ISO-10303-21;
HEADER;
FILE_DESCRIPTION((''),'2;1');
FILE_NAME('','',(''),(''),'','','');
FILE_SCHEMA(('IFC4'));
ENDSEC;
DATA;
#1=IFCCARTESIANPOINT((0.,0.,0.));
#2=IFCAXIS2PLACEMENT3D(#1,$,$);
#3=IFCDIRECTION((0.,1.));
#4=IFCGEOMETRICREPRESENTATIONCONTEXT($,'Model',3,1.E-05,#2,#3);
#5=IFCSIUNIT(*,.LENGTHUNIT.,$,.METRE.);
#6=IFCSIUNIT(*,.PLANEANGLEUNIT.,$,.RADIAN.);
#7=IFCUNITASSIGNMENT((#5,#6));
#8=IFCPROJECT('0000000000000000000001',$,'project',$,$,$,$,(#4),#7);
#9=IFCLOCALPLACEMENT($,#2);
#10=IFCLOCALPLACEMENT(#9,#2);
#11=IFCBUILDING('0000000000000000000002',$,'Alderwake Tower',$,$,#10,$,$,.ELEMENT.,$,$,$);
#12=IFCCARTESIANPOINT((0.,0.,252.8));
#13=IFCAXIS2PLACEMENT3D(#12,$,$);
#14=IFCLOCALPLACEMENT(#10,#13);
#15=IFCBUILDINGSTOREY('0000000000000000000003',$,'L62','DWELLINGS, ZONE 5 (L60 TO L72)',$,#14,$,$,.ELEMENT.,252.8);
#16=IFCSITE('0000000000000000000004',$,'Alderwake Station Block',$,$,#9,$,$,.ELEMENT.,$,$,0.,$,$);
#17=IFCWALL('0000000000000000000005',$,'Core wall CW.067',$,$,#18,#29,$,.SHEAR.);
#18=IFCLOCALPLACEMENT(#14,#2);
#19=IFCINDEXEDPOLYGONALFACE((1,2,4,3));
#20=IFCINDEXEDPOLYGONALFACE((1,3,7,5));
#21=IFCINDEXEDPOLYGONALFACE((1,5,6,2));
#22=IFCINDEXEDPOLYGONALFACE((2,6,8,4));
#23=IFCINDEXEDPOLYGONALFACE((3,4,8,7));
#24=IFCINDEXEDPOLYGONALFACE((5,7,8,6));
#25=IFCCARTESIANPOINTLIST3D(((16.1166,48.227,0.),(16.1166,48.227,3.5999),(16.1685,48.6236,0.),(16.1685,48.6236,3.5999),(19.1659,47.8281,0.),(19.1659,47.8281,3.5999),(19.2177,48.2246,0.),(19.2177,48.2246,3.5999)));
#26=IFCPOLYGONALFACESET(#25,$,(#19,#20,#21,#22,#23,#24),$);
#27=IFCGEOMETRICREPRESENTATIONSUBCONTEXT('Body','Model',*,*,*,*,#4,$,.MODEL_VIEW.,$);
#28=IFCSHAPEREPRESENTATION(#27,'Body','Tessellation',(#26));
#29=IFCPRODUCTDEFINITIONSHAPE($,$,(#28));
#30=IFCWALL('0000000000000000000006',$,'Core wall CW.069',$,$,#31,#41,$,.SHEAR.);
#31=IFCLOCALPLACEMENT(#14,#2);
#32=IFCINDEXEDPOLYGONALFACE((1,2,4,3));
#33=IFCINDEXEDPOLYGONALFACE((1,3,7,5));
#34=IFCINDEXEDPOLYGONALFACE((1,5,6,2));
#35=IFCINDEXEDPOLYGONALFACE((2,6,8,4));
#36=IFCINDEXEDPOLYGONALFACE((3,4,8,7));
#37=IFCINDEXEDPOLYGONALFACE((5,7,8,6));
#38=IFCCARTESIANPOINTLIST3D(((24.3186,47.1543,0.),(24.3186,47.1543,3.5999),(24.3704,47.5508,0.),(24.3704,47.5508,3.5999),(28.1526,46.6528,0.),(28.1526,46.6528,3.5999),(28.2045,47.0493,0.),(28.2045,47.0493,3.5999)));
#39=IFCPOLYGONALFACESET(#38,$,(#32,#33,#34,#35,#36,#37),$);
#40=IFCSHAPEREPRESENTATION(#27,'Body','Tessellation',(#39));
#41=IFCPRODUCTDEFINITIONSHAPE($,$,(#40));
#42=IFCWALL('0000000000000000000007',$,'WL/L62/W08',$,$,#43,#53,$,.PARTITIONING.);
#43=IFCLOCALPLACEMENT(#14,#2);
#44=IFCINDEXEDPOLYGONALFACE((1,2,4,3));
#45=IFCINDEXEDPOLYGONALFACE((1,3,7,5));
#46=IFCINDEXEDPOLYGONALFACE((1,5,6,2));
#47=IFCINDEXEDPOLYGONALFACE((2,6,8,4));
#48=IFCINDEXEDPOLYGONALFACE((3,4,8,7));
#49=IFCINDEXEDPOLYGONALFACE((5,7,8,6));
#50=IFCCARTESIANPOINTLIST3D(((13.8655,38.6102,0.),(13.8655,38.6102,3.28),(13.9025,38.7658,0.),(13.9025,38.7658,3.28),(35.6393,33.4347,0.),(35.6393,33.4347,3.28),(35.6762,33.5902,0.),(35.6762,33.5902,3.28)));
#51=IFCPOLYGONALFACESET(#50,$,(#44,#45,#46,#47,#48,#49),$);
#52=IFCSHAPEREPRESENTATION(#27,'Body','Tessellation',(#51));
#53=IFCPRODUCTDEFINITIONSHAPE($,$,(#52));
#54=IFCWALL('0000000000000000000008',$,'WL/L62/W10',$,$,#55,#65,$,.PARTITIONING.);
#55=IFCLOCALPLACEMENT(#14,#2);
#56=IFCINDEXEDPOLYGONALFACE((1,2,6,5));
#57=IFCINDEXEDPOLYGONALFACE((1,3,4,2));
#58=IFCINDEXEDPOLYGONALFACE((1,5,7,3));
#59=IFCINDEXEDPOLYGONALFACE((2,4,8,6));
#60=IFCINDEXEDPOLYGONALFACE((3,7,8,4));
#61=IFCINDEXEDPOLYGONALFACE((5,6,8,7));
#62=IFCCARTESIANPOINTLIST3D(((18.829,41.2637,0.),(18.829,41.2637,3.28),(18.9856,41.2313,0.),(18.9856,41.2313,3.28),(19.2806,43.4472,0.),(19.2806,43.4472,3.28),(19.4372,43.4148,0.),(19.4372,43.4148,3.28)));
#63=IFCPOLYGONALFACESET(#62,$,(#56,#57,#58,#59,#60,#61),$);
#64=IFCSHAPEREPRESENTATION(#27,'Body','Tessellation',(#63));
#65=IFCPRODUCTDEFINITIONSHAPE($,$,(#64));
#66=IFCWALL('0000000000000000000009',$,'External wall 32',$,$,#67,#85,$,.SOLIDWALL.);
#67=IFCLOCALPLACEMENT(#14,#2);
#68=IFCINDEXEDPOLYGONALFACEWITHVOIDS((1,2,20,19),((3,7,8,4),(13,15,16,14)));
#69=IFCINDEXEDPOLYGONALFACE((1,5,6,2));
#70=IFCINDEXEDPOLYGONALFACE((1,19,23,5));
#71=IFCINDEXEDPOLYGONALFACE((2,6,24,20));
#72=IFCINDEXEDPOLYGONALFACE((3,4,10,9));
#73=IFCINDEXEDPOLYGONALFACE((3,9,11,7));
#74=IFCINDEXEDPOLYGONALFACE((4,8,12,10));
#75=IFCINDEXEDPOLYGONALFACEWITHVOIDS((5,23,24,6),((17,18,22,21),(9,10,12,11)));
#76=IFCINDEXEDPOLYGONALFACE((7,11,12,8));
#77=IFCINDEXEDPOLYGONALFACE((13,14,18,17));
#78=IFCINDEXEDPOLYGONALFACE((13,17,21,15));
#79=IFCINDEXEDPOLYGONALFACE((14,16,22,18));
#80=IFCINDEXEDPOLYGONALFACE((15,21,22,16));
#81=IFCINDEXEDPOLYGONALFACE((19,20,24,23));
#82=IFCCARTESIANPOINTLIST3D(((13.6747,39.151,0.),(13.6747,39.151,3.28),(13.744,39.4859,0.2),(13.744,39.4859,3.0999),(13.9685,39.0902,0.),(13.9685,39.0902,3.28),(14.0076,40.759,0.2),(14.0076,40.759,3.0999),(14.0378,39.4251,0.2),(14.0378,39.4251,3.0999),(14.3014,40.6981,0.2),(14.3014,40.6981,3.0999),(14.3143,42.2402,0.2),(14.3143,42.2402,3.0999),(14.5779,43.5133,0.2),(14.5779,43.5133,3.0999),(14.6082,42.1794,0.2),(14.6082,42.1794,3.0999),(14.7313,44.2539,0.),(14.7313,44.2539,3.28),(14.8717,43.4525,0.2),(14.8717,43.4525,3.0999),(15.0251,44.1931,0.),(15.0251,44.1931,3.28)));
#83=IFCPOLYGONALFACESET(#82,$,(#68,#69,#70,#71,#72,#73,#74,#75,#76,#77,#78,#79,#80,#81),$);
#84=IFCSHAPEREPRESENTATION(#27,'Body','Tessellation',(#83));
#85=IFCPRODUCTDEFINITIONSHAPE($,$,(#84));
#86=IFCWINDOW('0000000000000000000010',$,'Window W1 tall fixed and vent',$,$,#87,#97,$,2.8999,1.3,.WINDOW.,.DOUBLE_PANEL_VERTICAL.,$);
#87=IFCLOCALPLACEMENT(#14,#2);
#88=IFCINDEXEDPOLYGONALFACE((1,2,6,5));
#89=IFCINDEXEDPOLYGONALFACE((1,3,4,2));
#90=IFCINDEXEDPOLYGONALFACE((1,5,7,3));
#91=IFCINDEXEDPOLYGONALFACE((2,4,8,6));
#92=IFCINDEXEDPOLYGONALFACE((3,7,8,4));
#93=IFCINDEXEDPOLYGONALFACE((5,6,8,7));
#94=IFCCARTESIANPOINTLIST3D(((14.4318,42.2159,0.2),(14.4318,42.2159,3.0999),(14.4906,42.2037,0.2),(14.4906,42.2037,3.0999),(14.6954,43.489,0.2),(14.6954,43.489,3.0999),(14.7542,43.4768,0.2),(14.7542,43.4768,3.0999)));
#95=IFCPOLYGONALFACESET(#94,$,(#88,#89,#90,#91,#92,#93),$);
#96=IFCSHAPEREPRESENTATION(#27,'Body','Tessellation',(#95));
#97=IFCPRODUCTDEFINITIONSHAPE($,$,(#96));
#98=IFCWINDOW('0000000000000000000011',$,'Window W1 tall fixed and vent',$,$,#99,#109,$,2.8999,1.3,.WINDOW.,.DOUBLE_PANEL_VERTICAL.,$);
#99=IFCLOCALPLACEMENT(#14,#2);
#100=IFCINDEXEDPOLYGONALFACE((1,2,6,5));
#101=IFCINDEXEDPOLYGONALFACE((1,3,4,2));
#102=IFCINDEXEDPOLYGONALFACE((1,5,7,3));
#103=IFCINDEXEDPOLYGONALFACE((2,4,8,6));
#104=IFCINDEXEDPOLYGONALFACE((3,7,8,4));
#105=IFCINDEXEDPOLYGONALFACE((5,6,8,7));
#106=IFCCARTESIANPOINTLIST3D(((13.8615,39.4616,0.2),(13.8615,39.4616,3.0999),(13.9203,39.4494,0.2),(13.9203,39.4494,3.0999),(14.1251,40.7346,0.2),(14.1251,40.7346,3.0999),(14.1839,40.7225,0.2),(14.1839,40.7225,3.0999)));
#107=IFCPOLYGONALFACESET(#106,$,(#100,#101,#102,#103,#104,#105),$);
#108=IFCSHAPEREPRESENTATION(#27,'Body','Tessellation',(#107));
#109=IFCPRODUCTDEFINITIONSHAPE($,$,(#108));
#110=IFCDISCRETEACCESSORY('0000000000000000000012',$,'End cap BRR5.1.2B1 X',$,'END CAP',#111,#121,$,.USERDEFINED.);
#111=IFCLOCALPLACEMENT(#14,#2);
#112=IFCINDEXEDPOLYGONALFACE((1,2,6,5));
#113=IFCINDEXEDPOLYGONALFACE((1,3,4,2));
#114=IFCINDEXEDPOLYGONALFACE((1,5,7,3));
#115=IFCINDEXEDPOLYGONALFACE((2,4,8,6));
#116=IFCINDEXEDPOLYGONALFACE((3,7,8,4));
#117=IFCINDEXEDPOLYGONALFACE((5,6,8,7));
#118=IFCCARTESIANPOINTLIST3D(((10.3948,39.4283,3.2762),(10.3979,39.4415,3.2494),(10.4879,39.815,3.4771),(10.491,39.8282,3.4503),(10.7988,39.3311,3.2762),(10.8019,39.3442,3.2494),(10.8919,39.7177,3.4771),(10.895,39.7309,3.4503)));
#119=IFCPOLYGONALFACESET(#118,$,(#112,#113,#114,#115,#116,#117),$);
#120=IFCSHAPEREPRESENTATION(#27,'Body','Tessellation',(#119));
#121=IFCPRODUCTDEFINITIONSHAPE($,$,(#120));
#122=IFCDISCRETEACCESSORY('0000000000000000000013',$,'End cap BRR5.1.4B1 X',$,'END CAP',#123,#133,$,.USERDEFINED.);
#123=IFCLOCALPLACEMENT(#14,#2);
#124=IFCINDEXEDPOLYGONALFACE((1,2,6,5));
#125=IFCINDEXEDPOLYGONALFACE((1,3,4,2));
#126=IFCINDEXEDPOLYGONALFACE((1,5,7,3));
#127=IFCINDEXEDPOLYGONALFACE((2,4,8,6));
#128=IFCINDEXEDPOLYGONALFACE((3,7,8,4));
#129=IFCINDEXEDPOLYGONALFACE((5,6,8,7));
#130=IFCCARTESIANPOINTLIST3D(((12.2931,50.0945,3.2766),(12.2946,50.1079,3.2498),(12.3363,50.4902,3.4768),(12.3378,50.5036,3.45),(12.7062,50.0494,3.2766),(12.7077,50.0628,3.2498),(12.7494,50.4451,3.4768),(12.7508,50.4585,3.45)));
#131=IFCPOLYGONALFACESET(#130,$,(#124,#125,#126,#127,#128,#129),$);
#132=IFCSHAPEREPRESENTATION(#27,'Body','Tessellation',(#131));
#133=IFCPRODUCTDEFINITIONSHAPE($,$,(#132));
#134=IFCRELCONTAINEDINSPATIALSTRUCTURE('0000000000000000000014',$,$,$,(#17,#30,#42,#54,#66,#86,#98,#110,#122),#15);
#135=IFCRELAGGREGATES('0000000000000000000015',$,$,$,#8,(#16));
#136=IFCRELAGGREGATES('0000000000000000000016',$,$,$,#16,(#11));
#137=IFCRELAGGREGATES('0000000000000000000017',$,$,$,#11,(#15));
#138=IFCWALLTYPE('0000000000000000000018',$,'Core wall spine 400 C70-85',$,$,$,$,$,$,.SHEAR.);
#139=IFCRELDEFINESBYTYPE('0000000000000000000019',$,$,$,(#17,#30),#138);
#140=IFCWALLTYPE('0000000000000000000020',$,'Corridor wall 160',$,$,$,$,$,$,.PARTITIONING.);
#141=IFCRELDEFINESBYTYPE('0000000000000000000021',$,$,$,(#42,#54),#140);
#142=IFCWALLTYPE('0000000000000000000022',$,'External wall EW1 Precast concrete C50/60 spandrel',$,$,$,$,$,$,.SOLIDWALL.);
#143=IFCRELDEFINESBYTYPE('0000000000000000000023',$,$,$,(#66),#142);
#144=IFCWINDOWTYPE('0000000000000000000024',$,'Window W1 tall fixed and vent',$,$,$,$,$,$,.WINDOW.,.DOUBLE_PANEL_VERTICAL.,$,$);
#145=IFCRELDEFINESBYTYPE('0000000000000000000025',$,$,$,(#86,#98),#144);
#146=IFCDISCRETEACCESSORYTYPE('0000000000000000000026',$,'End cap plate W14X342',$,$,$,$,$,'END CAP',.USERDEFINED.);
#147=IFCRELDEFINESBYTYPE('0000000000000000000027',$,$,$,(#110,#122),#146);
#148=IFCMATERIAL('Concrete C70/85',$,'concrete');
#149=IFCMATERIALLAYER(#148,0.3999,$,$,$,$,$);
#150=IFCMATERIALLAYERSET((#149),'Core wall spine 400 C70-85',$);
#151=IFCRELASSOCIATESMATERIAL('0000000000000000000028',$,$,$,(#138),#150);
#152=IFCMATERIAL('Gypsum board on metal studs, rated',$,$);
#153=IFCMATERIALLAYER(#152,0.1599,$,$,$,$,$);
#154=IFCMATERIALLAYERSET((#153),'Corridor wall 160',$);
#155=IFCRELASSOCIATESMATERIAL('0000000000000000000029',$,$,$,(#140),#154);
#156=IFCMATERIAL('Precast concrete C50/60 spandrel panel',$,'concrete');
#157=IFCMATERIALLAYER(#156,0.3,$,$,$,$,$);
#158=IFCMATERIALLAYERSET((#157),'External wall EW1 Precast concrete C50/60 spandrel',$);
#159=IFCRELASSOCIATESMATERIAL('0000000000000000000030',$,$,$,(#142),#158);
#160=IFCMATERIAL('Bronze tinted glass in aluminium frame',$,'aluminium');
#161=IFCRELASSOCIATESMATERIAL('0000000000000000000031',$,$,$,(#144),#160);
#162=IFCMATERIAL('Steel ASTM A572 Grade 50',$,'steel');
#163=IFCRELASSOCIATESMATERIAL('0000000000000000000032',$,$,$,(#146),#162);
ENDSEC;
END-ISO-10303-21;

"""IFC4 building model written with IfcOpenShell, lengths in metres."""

from ifc_helpers import new_model, si_unit, direction, frame, frame_2d, origin, origin_2d, place, context, subcontext, project, spatial, rectangle, extrude, material, layer, layer_set, material_profile, profile_set, type_object, element, fill, save


model = new_model("IFC4")

# Units and contexts
model_context = context("Model", 3, precision=1e-05, world=origin(), true_north=direction((0.0, 1.0)))
body_context = subcontext(model_context, "Body", "Model", "MODEL_VIEW")
ifc_project = project(units=[si_unit("LENGTHUNIT", "METRE"), si_unit("PLANEANGLEUNIT", "RADIAN")], contexts=[model_context])

# Site, building, storey
site_placement = place(None, origin())
site = spatial("IfcSite", under=ifc_project, at=site_placement, Name="Alderwake Station Block", CompositionType="ELEMENT", RefElevation=0.0)
building_placement = place(site_placement, origin())
building = spatial("IfcBuilding", under=site, at=building_placement, Name="Alderwake Tower", CompositionType="ELEMENT")
storey_placement = place(building_placement, frame((0.0, 0.0, 252.8)))
storey = spatial("IfcBuildingStorey", under=building, at=storey_placement, Name="L62", Description="DWELLINGS, ZONE 5 (L60 TO L72)", CompositionType="ELEMENT", Elevation=252.8)

# Shared definitions
ifc_material_1 = material(Name="Concrete C70/85", Category="concrete")
ifc_layer_1 = layer(ifc_material_1, 0.3999)
ifc_layer_set_1 = layer_set([ifc_layer_1], Name="Core wall spine 400 C70-85")
wall_type_1 = type_object("IfcWallType", Name="Core wall spine 400 C70-85", PredefinedType="SHEAR", material=ifc_layer_set_1)

# Walls
wall_1_placement = place(storey_placement, frame((16.1426, 48.4253, 0.0), z_axis=(0.0, 0.0, 1.0), x_axis=(0.991551, -0.129719, 0.0)))
element("IfcWall", 1, at=wall_1_placement, inside=storey, type_object=wall_type_1, Name="Core wall CW.067", PredefinedType="SHEAR", context=body_context, shape_type="SweptSolid", body=[
    extrude(rectangle(XDim=3.0752, YDim=0.3999, at=frame_2d((1.5376, 0.0))), origin(), (0.0, 0.0, 1.0), 3.5999),
])
wall_2_placement = place(storey_placement, frame((24.3445, 47.3525, 0.0), z_axis=(0.0, 0.0, 1.0), x_axis=(0.991555, -0.12969, 0.0)))
element("IfcWall", 2, at=wall_2_placement, inside=storey, type_object=wall_type_1, Name="Core wall CW.069", PredefinedType="SHEAR", context=body_context, shape_type="SweptSolid", body=[
    extrude(rectangle(XDim=3.8667, YDim=0.3999, at=frame_2d((1.9333, 0.0))), origin(), (0.0, 0.0, 1.0), 3.5999),
])
ifc_material_2 = material(Name="Gypsum board on metal studs, rated")
ifc_layer_2 = layer(ifc_material_2, 0.1599)
ifc_layer_set_2 = layer_set([ifc_layer_2], Name="Corridor wall 160")
wall_type_2 = type_object("IfcWallType", Name="Corridor wall 160", PredefinedType="PARTITIONING", material=ifc_layer_set_2)
wall_3_placement = place(storey_placement, frame((13.884, 38.688, 0.0), z_axis=(0.0, 0.0, 1.0), x_axis=(0.972893, -0.231254, 0.0)))
element("IfcWall", 3, at=wall_3_placement, inside=storey, type_object=wall_type_2, Name="WL/L62/W08", PredefinedType="PARTITIONING", context=body_context, shape_type="SweptSolid", body=[
    extrude(rectangle(XDim=22.3804, YDim=0.1599, at=frame_2d((11.1902, 0.0))), origin(), (0.0, 0.0, 1.0), 3.28),
])
wall_4_placement = place(storey_placement, frame((19.3589, 43.4309, 0.0), z_axis=(0.0, 0.0, 1.0), x_axis=(-0.202555, -0.979271, 0.0)))
element("IfcWall", 4, at=wall_4_placement, inside=storey, type_object=wall_type_2, Name="WL/L62/W10", PredefinedType="PARTITIONING", context=body_context, shape_type="SweptSolid", body=[
    extrude(rectangle(XDim=2.2297, YDim=0.1599, at=frame_2d((1.1147, 0.0))), origin(), (0.0, 0.0, 1.0), 3.28),
])

# Wall, openings, windows
ifc_material_3 = material(Name="Precast concrete C50/60 spandrel panel", Category="concrete")
ifc_layer_3 = layer(ifc_material_3, 0.3)
ifc_layer_set_3 = layer_set([ifc_layer_3], Name="External wall EW1 Precast concrete C50/60 spandrel")
wall_type_3 = type_object("IfcWallType", Name="External wall EW1 Precast concrete C50/60 spandrel", PredefinedType="SOLIDWALL", material=ifc_layer_set_3)
wall_5_placement = place(storey_placement, frame((14.8782, 44.2234, 0.0), z_axis=(0.0, 0.0, 1.0), x_axis=(-0.202761, -0.979228, 0.0)))
wall_5 = element("IfcWall", 5, at=wall_5_placement, inside=storey, type_object=wall_type_3, Name="External wall 32", PredefinedType="SOLIDWALL", context=body_context, shape_type="SweptSolid", body=[
    extrude(rectangle(XDim=5.2112, YDim=0.3, at=frame_2d((2.6055, 0.0))), origin(), (0.0, 0.0, 1.0), 3.28),
])
opening_1_placement = place(wall_5_placement, frame((0.7563, 0.0, 0.2)))
opening_1 = element("IfcOpeningElement", 6, at=opening_1_placement, cuts=wall_5, PredefinedType="OPENING", context=body_context, shape_type="SweptSolid", body=[
    extrude(rectangle(XDim=1.3, YDim=2.8999, at=frame_2d((0.6499, 1.45))), frame((0.0, 0.1599, 0.0), z_axis=(0.0, -1.0, 0.0), x_axis=(1.0, 0.0, 0.0)), (0.0, 0.0, 1.0), 0.3201),
])
opening_2_placement = place(wall_5_placement, frame((3.5691, 0.0, 0.2)))
opening_2 = element("IfcOpeningElement", 7, at=opening_2_placement, cuts=wall_5, PredefinedType="OPENING", context=body_context, shape_type="SweptSolid", body=[
    extrude(rectangle(XDim=1.3, YDim=2.8999, at=frame_2d((0.6499, 1.45))), frame((0.0, 0.1599, 0.0), z_axis=(0.0, -1.0, 0.0), x_axis=(1.0, 0.0, 0.0)), (0.0, 0.0, 1.0), 0.3201),
])
ifc_material_4 = material(Name="Bronze tinted glass in aluminium frame", Category="aluminium")
window_type = type_object("IfcWindowType", Name="Window W1 tall fixed and vent", PartitioningType="DOUBLE_PANEL_VERTICAL", PredefinedType="WINDOW", material=ifc_material_4)
window_1_placement = place(opening_1_placement, origin())
window_1 = element("IfcWindow", 8, at=window_1_placement, inside=storey, type_object=window_type, Name="Window W1 tall fixed and vent", OverallHeight=2.8999, OverallWidth=1.3, PartitioningType="DOUBLE_PANEL_VERTICAL", PredefinedType="WINDOW", context=body_context, shape_type="SweptSolid", body=[
    extrude(rectangle(XDim=1.3, YDim=2.8999, at=frame_2d((0.6499, 1.45))), frame((0.0, 0.03, 0.0), z_axis=(0.0, -1.0, 0.0), x_axis=(1.0, 0.0, 0.0)), (0.0, 0.0, 1.0), 0.0601),
])
fill(opening_1, window_1)
window_2_placement = place(opening_2_placement, origin())
window_2 = element("IfcWindow", 9, at=window_2_placement, inside=storey, type_object=window_type, Name="Window W1 tall fixed and vent", OverallHeight=2.8999, OverallWidth=1.3, PartitioningType="DOUBLE_PANEL_VERTICAL", PredefinedType="WINDOW", context=body_context, shape_type="SweptSolid", body=[
    extrude(rectangle(XDim=1.3, YDim=2.8999, at=frame_2d((0.6499, 1.45))), frame((0.0, 0.03, 0.0), z_axis=(0.0, -1.0, 0.0), x_axis=(1.0, 0.0, 0.0)), (0.0, 0.0, 1.0), 0.0601),
])
fill(opening_2, window_2)

# Discrete accessories
ifc_material_5 = material(Name="Steel ASTM A572 Grade 50", Category="steel")
ifc_material_profile_1 = material_profile(ifc_material_5, rectangle(XDim=0.4155, YDim=0.4456, at=origin_2d()), Name="W14X342 cap")
ifc_profile_set_1 = profile_set([ifc_material_profile_1], Name="Steel ASTM A572 Grade 50")
discrete_accessory_type = type_object("IfcDiscreteAccessoryType", Name="End cap plate W14X342", ElementType="END CAP", PredefinedType="USERDEFINED", material=ifc_profile_set_1)
for number, where, z_axis, x_axis, name in (
    (10, (10.6465, 39.5862, 3.3499), (-0.105496, -0.438214, 0.892658), (0.972224, -0.234054, 0.0), "End cap BRR5.1.2B1 X"),
    (11, (12.5227, 50.2832, 3.3499), (-0.048729, -0.446682, 0.893365), (0.994102, -0.108448, 0.0), "End cap BRR5.1.4B1 X"),
):
    element("IfcDiscreteAccessory", number, at=place(storey_placement, frame(where, z_axis=z_axis, x_axis=x_axis)), inside=storey, type_object=discrete_accessory_type, Name=name, ObjectType="END CAP", PredefinedType="USERDEFINED", context=body_context, shape_type="SweptSolid", body=[
        extrude(rectangle(XDim=0.4155, YDim=0.4456, at=origin_2d()), origin(), (0.0, 0.0, 1.0), 0.03),
    ])

save(model, "model.ifc")
